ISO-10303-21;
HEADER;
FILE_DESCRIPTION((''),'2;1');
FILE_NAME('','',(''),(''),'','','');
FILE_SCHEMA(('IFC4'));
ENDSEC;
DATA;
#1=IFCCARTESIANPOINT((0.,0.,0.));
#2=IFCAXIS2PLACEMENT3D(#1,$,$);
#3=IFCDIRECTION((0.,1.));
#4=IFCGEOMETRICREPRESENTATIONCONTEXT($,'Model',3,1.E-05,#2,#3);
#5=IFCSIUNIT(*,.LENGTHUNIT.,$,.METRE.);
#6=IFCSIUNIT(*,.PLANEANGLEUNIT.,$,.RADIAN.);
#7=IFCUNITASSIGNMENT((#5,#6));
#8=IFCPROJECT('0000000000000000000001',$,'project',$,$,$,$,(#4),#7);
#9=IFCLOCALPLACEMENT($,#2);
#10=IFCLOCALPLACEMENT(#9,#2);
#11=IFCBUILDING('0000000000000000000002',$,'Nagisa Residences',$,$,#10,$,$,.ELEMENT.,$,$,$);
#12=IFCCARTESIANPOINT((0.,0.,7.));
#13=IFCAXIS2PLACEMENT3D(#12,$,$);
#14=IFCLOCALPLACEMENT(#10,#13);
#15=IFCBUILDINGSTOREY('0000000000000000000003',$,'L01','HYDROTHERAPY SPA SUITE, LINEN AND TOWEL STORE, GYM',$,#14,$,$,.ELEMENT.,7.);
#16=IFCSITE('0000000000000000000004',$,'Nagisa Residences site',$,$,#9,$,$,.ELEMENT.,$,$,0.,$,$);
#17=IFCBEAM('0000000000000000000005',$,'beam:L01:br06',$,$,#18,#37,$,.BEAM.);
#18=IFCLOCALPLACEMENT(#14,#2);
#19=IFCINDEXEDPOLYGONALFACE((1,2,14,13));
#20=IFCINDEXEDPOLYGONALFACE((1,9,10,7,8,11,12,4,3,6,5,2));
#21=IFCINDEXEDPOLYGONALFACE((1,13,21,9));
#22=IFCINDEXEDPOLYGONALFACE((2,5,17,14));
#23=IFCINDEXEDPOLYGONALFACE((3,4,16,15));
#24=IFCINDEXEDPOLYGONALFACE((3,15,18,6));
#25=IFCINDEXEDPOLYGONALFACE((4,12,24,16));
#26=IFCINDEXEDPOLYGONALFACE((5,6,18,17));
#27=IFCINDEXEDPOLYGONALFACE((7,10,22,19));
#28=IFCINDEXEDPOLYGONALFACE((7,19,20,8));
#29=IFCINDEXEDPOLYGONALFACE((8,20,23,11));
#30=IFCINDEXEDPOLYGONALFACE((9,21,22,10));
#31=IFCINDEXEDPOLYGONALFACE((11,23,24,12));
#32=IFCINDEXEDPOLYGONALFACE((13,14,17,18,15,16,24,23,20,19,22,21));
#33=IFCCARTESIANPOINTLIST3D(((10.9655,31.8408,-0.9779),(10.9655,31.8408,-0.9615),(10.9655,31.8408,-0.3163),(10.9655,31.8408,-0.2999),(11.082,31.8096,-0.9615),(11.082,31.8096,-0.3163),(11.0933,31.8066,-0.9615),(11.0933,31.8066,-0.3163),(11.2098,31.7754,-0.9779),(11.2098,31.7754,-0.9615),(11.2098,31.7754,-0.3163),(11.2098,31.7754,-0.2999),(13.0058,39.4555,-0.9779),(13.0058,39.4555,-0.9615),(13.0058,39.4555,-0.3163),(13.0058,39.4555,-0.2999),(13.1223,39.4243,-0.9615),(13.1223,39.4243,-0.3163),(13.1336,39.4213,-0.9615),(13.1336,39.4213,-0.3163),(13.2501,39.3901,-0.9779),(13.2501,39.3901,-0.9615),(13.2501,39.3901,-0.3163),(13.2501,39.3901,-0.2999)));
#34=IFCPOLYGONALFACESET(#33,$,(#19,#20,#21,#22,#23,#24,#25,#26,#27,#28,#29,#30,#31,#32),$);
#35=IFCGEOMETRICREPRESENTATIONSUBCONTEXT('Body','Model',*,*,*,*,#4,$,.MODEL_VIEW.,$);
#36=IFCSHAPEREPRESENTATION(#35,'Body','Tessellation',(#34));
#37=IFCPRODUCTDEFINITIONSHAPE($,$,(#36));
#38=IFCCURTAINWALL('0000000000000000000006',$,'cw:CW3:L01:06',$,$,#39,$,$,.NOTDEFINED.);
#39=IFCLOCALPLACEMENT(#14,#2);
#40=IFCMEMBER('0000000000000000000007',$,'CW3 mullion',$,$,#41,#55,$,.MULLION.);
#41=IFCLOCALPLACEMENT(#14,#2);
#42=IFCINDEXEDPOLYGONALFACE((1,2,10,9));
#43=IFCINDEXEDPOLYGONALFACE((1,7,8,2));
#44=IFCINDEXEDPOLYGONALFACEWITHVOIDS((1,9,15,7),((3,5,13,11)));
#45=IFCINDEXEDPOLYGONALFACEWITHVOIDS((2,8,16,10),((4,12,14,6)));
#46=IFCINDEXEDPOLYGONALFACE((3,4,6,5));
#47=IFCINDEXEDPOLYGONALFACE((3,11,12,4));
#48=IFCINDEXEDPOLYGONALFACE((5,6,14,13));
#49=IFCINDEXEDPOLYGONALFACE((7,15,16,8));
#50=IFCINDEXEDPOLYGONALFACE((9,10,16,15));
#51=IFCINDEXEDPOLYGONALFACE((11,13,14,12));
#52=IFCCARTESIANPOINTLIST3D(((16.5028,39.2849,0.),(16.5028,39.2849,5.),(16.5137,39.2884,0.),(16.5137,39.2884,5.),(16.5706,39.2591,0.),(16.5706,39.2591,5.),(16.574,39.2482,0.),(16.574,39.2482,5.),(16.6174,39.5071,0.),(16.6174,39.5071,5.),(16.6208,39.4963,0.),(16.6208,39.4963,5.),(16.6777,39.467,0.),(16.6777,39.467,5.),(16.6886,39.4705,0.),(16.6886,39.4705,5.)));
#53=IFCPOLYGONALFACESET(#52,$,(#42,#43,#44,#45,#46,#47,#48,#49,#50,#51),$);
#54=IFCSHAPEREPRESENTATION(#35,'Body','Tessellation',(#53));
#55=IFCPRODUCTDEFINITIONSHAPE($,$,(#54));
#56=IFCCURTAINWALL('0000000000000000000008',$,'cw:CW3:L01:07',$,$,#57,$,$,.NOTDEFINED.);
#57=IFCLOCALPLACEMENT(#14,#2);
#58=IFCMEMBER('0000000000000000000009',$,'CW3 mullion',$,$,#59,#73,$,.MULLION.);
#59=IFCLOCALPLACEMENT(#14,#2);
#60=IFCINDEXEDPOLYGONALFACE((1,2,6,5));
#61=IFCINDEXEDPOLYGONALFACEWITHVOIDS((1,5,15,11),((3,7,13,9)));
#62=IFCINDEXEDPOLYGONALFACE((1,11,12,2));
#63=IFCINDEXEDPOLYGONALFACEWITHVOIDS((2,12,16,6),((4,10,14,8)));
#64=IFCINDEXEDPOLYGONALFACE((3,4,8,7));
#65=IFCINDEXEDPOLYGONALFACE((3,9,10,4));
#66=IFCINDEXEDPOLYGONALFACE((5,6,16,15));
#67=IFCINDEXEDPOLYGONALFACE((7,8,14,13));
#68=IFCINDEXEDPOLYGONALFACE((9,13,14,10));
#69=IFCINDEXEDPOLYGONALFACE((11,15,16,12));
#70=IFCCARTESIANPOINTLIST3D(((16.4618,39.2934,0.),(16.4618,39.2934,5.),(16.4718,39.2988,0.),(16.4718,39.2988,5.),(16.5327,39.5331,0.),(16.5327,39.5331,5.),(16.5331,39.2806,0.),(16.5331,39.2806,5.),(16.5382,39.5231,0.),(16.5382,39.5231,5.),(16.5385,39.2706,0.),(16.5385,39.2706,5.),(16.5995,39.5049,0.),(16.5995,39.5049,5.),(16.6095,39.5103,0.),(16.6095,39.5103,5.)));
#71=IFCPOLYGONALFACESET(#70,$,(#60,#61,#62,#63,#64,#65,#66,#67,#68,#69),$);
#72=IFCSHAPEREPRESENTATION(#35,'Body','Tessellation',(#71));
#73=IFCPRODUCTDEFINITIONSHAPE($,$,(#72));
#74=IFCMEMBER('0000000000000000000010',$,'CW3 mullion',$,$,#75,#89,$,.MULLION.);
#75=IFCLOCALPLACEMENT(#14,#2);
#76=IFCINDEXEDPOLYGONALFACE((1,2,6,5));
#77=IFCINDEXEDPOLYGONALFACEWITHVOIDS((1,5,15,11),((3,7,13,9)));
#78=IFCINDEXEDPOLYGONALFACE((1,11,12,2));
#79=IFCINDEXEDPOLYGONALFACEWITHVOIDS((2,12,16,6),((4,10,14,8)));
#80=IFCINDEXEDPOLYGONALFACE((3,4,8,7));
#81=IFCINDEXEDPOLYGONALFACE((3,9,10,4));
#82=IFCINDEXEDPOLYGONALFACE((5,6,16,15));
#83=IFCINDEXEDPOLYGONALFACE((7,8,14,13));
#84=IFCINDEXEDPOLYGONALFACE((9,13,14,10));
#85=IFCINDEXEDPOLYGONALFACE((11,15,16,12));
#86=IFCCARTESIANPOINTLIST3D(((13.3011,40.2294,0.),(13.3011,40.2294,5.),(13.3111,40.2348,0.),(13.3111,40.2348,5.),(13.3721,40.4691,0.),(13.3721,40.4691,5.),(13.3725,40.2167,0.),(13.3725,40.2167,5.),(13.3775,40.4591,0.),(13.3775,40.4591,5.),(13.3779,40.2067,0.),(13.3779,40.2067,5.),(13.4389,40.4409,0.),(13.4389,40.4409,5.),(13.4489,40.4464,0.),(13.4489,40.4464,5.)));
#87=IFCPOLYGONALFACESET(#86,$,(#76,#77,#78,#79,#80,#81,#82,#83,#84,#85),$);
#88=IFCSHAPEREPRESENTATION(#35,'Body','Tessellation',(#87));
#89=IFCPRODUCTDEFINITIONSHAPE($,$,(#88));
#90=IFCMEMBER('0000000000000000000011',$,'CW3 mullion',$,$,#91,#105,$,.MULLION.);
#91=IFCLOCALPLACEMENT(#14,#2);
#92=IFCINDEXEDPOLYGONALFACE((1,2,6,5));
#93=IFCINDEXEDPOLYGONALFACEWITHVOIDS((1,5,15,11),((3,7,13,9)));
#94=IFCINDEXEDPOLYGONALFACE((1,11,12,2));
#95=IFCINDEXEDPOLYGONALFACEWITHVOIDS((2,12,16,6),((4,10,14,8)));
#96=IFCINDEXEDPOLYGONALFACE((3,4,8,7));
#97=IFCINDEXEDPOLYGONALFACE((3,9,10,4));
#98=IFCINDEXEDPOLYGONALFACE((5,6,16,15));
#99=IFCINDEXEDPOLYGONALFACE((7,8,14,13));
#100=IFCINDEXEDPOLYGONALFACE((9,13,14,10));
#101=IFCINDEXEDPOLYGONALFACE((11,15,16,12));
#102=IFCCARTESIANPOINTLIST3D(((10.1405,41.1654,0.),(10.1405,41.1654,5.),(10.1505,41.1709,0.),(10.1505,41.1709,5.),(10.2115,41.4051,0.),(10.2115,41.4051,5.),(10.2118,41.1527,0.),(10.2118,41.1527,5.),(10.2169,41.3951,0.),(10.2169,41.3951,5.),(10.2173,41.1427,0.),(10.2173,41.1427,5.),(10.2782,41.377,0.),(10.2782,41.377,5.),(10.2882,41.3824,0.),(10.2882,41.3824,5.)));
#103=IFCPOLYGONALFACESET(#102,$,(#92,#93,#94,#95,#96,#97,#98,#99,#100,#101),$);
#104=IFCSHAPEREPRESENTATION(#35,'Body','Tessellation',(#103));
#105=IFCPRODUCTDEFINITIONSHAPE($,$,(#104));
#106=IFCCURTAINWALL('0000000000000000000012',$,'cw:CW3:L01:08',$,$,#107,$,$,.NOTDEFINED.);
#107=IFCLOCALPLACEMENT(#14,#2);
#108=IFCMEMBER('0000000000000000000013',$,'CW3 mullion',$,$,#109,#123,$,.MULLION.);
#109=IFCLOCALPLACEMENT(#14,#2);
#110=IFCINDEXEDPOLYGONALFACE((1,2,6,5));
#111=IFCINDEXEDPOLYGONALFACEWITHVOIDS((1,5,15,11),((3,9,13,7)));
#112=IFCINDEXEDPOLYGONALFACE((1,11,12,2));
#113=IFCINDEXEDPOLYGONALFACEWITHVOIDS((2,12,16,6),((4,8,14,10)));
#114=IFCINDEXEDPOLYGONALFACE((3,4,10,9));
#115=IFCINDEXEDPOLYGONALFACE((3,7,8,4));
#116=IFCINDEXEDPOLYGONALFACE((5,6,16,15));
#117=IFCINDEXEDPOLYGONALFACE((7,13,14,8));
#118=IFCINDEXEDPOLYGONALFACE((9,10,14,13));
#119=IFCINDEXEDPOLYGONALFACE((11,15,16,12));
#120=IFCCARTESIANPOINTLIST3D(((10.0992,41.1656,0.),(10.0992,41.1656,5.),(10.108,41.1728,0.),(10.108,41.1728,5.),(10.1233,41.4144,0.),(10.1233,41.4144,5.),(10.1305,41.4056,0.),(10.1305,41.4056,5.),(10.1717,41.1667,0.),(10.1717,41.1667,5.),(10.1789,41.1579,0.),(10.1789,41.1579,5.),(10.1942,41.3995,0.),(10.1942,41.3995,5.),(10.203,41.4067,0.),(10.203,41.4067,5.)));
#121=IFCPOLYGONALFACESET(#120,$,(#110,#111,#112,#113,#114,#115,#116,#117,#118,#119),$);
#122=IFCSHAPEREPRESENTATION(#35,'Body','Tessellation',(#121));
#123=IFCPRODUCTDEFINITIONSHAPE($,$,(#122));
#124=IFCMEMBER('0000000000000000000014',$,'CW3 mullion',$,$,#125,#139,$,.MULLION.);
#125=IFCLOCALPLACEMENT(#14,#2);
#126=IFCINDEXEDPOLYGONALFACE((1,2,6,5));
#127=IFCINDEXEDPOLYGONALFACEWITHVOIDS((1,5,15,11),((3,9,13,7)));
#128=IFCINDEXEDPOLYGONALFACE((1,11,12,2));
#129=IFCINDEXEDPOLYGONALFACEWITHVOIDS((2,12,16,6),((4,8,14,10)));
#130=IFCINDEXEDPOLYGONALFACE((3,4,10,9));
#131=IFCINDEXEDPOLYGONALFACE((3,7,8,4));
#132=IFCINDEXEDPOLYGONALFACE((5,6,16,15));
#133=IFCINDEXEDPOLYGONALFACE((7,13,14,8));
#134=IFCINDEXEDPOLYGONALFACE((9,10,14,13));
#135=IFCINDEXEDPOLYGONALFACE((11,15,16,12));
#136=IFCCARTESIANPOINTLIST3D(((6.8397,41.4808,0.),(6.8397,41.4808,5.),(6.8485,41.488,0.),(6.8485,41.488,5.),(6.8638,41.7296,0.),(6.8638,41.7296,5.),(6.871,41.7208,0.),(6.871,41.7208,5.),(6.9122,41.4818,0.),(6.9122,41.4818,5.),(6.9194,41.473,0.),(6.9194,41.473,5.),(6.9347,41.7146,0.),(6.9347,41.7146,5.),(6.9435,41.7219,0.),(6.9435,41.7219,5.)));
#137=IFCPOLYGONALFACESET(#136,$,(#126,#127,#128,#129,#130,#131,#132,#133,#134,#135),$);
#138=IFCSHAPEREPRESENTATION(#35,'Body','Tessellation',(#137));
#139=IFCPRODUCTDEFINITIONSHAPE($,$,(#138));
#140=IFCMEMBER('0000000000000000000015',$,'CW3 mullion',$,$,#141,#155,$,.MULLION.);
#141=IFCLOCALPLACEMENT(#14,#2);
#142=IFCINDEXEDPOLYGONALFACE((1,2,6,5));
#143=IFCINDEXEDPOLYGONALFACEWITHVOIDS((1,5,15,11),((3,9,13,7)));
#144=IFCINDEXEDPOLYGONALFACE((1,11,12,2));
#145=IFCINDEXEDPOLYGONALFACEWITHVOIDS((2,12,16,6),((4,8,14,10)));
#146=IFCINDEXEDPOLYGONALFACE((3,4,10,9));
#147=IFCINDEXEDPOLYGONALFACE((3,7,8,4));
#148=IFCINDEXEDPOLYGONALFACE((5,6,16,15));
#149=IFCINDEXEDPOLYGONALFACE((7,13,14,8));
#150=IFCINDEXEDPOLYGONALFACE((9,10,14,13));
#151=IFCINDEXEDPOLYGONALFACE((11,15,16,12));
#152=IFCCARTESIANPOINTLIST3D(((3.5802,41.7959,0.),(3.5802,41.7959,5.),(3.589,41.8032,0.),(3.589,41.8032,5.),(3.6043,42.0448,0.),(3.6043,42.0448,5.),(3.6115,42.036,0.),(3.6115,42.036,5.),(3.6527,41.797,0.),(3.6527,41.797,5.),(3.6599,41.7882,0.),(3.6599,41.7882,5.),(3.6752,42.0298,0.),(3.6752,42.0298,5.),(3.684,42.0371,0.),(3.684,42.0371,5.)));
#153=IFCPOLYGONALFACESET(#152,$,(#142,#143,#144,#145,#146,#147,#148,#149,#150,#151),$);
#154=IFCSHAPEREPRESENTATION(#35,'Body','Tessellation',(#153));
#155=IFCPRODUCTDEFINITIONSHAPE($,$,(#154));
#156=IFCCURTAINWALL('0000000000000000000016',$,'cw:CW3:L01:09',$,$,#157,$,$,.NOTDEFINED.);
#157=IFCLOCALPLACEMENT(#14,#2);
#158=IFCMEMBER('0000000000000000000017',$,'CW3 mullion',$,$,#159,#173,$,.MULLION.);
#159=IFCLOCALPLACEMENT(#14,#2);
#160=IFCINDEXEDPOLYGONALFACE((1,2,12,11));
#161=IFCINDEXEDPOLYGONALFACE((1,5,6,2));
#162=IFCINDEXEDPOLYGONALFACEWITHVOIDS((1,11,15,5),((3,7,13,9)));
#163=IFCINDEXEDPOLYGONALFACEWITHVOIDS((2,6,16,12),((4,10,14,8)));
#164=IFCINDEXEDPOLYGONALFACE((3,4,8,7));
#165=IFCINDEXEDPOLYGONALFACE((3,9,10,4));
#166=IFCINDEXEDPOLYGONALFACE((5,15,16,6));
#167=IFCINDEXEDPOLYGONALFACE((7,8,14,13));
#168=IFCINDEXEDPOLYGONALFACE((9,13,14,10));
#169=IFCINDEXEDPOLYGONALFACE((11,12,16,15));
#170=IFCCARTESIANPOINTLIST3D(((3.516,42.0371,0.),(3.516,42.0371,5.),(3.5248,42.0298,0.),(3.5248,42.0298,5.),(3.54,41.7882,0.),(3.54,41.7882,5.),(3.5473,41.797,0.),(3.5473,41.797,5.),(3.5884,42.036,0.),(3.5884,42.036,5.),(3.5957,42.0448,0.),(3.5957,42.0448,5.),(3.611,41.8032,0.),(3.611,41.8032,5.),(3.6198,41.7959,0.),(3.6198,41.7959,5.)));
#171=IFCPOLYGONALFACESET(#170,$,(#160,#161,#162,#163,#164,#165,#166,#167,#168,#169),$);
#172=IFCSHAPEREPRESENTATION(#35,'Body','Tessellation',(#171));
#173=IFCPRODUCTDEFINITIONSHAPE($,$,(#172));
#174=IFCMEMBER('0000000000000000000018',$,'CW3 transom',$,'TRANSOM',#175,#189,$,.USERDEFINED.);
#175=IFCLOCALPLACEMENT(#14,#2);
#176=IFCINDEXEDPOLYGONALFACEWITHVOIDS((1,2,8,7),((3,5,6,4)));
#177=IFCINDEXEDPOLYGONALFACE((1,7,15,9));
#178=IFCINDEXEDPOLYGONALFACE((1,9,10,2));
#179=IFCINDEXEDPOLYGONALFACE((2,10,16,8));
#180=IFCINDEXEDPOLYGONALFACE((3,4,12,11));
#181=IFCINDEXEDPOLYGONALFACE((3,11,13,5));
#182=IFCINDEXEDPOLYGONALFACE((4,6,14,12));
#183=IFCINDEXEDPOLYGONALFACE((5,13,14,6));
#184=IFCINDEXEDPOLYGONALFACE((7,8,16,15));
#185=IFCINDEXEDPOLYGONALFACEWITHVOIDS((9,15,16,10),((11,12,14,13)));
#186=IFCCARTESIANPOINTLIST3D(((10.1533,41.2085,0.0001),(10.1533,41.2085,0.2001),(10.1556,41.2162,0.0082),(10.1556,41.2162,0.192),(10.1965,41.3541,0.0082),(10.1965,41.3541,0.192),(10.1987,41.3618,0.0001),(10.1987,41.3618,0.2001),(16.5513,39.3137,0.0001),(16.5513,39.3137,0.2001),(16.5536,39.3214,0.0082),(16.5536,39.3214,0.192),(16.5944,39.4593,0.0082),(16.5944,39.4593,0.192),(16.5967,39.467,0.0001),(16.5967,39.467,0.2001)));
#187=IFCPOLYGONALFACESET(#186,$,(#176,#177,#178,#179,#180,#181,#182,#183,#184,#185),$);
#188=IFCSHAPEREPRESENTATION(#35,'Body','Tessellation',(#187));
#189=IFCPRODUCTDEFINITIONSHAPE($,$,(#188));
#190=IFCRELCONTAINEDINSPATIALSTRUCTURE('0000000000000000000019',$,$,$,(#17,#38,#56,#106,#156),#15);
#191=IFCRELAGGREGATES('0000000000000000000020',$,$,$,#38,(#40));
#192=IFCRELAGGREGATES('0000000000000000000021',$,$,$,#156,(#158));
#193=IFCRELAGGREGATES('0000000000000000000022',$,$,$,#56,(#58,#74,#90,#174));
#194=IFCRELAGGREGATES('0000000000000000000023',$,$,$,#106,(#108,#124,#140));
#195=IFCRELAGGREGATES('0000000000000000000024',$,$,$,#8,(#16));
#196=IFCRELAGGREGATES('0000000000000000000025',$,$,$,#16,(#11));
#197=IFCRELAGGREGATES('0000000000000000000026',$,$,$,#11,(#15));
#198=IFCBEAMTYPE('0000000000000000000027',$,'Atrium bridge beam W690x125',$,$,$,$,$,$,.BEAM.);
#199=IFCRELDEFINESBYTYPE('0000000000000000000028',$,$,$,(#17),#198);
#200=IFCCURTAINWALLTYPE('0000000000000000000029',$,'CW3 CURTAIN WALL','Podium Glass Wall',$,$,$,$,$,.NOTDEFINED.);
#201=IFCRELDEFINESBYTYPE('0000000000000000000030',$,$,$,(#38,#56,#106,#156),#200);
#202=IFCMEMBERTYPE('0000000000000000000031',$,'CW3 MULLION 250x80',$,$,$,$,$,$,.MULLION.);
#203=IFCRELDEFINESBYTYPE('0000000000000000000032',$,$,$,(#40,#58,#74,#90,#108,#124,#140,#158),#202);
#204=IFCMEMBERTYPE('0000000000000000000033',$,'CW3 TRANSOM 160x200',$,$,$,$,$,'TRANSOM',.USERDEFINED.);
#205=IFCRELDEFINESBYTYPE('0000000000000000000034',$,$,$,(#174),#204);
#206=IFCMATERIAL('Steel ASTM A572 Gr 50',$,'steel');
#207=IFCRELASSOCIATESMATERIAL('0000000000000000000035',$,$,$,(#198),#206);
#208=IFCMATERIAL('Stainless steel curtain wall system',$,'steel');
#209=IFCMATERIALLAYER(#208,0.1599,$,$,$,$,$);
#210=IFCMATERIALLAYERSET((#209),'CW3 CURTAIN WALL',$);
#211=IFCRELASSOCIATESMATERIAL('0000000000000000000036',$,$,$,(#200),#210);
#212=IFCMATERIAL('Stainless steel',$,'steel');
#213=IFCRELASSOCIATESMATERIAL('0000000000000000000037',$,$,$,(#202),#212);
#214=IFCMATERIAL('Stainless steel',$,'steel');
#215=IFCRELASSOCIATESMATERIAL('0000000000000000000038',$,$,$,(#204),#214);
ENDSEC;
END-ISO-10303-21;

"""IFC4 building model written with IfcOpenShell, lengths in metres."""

from ifc_helpers import new_model, si_unit, direction, frame, origin, origin_2d, place, context, subcontext, project, spatial, hollow_rectangle, i_section, extrude, material, layer, layer_set, material_profile, profile_set, type_object, element, aggregate, save


model = new_model("IFC4")

# Units and contexts
model_context = context("Model", 3, precision=1e-05, world=origin(), true_north=direction((0.0, 1.0)))
body_context = subcontext(model_context, "Body", "Model", "MODEL_VIEW")
ifc_project = project(units=[si_unit("LENGTHUNIT", "METRE"), si_unit("PLANEANGLEUNIT", "RADIAN")], contexts=[model_context])

# Site, building, storey
site_placement = place(None, origin())
site = spatial("IfcSite", under=ifc_project, at=site_placement, Name="Nagisa Residences site", CompositionType="ELEMENT", RefElevation=0.0)
building_placement = place(site_placement, origin())
building = spatial("IfcBuilding", under=site, at=building_placement, Name="Nagisa Residences", CompositionType="ELEMENT")
storey_placement = place(building_placement, frame((0.0, 0.0, 7.0)))
storey = spatial("IfcBuildingStorey", under=building, at=storey_placement, Name="L01", Description="HYDROTHERAPY SPA SUITE, LINEN AND TOWEL STORE, GYM", CompositionType="ELEMENT", Elevation=7.0)

# Beam
ifc_material_1 = material(Name="Steel ASTM A572 Gr 50", Category="steel")
ifc_material_profile_1 = material_profile(ifc_material_1, i_section(OverallWidth=0.2529, OverallDepth=0.678, WebThickness=0.0117, FlangeThickness=0.0164, at=origin_2d()), Name="W690x125")
ifc_profile_set_1 = profile_set([ifc_material_profile_1], Name="Steel ASTM A572 Gr 50")
beam_type_1 = type_object("IfcBeamType", Name="Atrium bridge beam W690x125", PredefinedType="BEAM", material=ifc_profile_set_1)
beam_1_placement = place(storey_placement, frame((11.0876, 31.8081, -0.6389), z_axis=(0.258809, 0.965928, 0.0), x_axis=(-0.965928, 0.258809, 0.0)))
element("IfcBeam", 1, at=beam_1_placement, inside=storey, type_object=beam_type_1, Name="beam:L01:br06", PredefinedType="BEAM", context=body_context, shape_type="SweptSolid", body=[
    extrude(i_section(OverallWidth=0.2529, OverallDepth=0.678, WebThickness=0.0117, FlangeThickness=0.0164, at=origin_2d()), origin(), (0.0, 0.0, 1.0), 7.8833),
])

# Curtain wall, member
ifc_material_2 = material(Name="Stainless steel curtain wall system", Category="steel")
ifc_layer_1 = layer(ifc_material_2, 0.1599)
ifc_layer_set_1 = layer_set([ifc_layer_1], Name="CW3 CURTAIN WALL")
curtain_wall_type_1 = type_object("IfcCurtainWallType", Name="CW3 CURTAIN WALL", Description="Podium Glass Wall", PredefinedType="NOTDEFINED", material=ifc_layer_set_1)
curtain_wall_1_placement = place(storey_placement, origin())
curtain_wall_1 = element("IfcCurtainWall", 2, at=curtain_wall_1_placement, inside=storey, type_object=curtain_wall_type_1, Name="cw:CW3:L01:06", PredefinedType="NOTDEFINED")
ifc_material_3 = material(Name="Stainless steel", Category="steel")
ifc_material_profile_2 = material_profile(ifc_material_3, hollow_rectangle(XDim=0.25, YDim=0.0801, WallThickness=0.0081, at=origin_2d()), Name="CW3 MULLION 250x80")
ifc_profile_set_2 = profile_set([ifc_material_profile_2], Name="Stainless steel")
member_type_1 = type_object("IfcMemberType", Name="CW3 MULLION 250x80", PredefinedType="MULLION", material=ifc_profile_set_2)
member_1_placement = place(storey_placement, frame((16.5957, 39.3777, 0.0), z_axis=(0.0, 0.0, 1.0), x_axis=(-0.458126, -0.888887, 0.0)))
member_1 = element("IfcMember", 3, at=member_1_placement, type_object=member_type_1, Name="CW3 mullion", PredefinedType="MULLION", context=body_context, shape_type="SweptSolid", body=[
    extrude(hollow_rectangle(XDim=0.25, YDim=0.0801, WallThickness=0.0081, at=origin_2d()), origin(), (0.0, 0.0, 1.0), 5.0),
])
aggregate(curtain_wall_1, [member_1])

# Curtain walls, members
curtain_wall_2_placement = place(storey_placement, origin())
curtain_wall_2 = element("IfcCurtainWall", 4, at=curtain_wall_2_placement, inside=storey, type_object=curtain_wall_type_1, Name="cw:CW3:L01:07", PredefinedType="NOTDEFINED")
member_2_placement = place(storey_placement, frame((16.5356, 39.4019, 0.0), z_axis=(0.0, 0.0, 1.0), x_axis=(-0.283963, -0.958835, 0.0)))
member_2 = element("IfcMember", 5, at=member_2_placement, type_object=member_type_1, Name="CW3 mullion", PredefinedType="MULLION", context=body_context, shape_type="SweptSolid", body=[
    extrude(hollow_rectangle(XDim=0.25, YDim=0.0801, WallThickness=0.0081, at=origin_2d()), origin(), (0.0, 0.0, 1.0), 5.0),
])
member_3_placement = place(storey_placement, frame((13.375, 40.3379, 0.0), z_axis=(0.0, 0.0, 1.0), x_axis=(-0.283963, -0.958835, 0.0)))
member_3 = element("IfcMember", 6, at=member_3_placement, type_object=member_type_1, Name="CW3 mullion", PredefinedType="MULLION", context=body_context, shape_type="SweptSolid", body=[
    extrude(hollow_rectangle(XDim=0.25, YDim=0.0801, WallThickness=0.0081, at=origin_2d()), origin(), (0.0, 0.0, 1.0), 5.0),
])
member_4_placement = place(storey_placement, frame((10.2144, 41.2739, 0.0), z_axis=(0.0, 0.0, 1.0), x_axis=(-0.283963, -0.958835, 0.0)))
member_4 = element("IfcMember", 7, at=member_4_placement, type_object=member_type_1, Name="CW3 mullion", PredefinedType="MULLION", context=body_context, shape_type="SweptSolid", body=[
    extrude(hollow_rectangle(XDim=0.25, YDim=0.0801, WallThickness=0.0081, at=origin_2d()), origin(), (0.0, 0.0, 1.0), 5.0),
])
curtain_wall_3_placement = place(storey_placement, origin())
curtain_wall_3 = element("IfcCurtainWall", 8, at=curtain_wall_3_placement, inside=storey, type_object=curtain_wall_type_1, Name="cw:CW3:L01:08", PredefinedType="NOTDEFINED")
member_5_placement = place(storey_placement, frame((10.1511, 41.2861, 0.0), z_axis=(0.0, 0.0, 1.0), x_axis=(-0.096249, -0.995357, 0.0)))
member_5 = element("IfcMember", 9, at=member_5_placement, type_object=member_type_1, Name="CW3 mullion", PredefinedType="MULLION", context=body_context, shape_type="SweptSolid", body=[
    extrude(hollow_rectangle(XDim=0.25, YDim=0.0801, WallThickness=0.0081, at=origin_2d()), origin(), (0.0, 0.0, 1.0), 5.0),
])
member_6_placement = place(storey_placement, frame((6.8916, 41.6013, 0.0), z_axis=(0.0, 0.0, 1.0), x_axis=(-0.096249, -0.995357, 0.0)))
member_6 = element("IfcMember", 10, at=member_6_placement, type_object=member_type_1, Name="CW3 mullion", PredefinedType="MULLION", context=body_context, shape_type="SweptSolid", body=[
    extrude(hollow_rectangle(XDim=0.25, YDim=0.0801, WallThickness=0.0081, at=origin_2d()), origin(), (0.0, 0.0, 1.0), 5.0),
])
member_7_placement = place(storey_placement, frame((3.6321, 41.9165, 0.0), z_axis=(0.0, 0.0, 1.0), x_axis=(-0.096249, -0.995357, 0.0)))
member_7 = element("IfcMember", 11, at=member_7_placement, type_object=member_type_1, Name="CW3 mullion", PredefinedType="MULLION", context=body_context, shape_type="SweptSolid", body=[
    extrude(hollow_rectangle(XDim=0.25, YDim=0.0801, WallThickness=0.0081, at=origin_2d()), origin(), (0.0, 0.0, 1.0), 5.0),
])

# Curtain wall, member
curtain_wall_4_placement = place(storey_placement, origin())
curtain_wall_4 = element("IfcCurtainWall", 12, at=curtain_wall_4_placement, inside=storey, type_object=curtain_wall_type_1, Name="cw:CW3:L01:09", PredefinedType="NOTDEFINED")
member_8_placement = place(storey_placement, frame((3.5679, 41.9165, 0.0), z_axis=(0.0, 0.0, 1.0), x_axis=(0.096249, -0.995357, 0.0)))
member_8 = element("IfcMember", 13, at=member_8_placement, type_object=member_type_1, Name="CW3 mullion", PredefinedType="MULLION", context=body_context, shape_type="SweptSolid", body=[
    extrude(hollow_rectangle(XDim=0.25, YDim=0.0801, WallThickness=0.0081, at=origin_2d()), origin(), (0.0, 0.0, 1.0), 5.0),
])

# Member
ifc_material_4 = material(Name="Stainless steel", Category="steel")
ifc_material_profile_3 = material_profile(ifc_material_4, hollow_rectangle(XDim=0.1599, YDim=0.2, WallThickness=0.0081, at=origin_2d()), Name="CW3 TRANSOM 160x200")
ifc_profile_set_3 = profile_set([ifc_material_profile_3], Name="Stainless steel")
member_type_2 = type_object("IfcMemberType", Name="CW3 TRANSOM 160x200", ElementType="TRANSOM", PredefinedType="USERDEFINED", material=ifc_profile_set_3)
member_9_placement = place(storey_placement, frame((16.574, 39.3904, 0.1001), z_axis=(-0.958835, 0.283963, 0.0), x_axis=(-0.283963, -0.958835, 0.0)))
member_9 = element("IfcMember", 14, at=member_9_placement, type_object=member_type_2, Name="CW3 transom", ObjectType="TRANSOM", PredefinedType="USERDEFINED", context=body_context, shape_type="SweptSolid", body=[
    extrude(hollow_rectangle(XDim=0.1599, YDim=0.2, WallThickness=0.0081, at=origin_2d()), origin(), (0.0, 0.0, 1.0), 6.6726),
])
aggregate(curtain_wall_4, [member_8])

aggregate(curtain_wall_2, [member_2, member_3, member_4, member_9])
aggregate(curtain_wall_3, [member_5, member_6, member_7])

save(model, "model.ifc")
